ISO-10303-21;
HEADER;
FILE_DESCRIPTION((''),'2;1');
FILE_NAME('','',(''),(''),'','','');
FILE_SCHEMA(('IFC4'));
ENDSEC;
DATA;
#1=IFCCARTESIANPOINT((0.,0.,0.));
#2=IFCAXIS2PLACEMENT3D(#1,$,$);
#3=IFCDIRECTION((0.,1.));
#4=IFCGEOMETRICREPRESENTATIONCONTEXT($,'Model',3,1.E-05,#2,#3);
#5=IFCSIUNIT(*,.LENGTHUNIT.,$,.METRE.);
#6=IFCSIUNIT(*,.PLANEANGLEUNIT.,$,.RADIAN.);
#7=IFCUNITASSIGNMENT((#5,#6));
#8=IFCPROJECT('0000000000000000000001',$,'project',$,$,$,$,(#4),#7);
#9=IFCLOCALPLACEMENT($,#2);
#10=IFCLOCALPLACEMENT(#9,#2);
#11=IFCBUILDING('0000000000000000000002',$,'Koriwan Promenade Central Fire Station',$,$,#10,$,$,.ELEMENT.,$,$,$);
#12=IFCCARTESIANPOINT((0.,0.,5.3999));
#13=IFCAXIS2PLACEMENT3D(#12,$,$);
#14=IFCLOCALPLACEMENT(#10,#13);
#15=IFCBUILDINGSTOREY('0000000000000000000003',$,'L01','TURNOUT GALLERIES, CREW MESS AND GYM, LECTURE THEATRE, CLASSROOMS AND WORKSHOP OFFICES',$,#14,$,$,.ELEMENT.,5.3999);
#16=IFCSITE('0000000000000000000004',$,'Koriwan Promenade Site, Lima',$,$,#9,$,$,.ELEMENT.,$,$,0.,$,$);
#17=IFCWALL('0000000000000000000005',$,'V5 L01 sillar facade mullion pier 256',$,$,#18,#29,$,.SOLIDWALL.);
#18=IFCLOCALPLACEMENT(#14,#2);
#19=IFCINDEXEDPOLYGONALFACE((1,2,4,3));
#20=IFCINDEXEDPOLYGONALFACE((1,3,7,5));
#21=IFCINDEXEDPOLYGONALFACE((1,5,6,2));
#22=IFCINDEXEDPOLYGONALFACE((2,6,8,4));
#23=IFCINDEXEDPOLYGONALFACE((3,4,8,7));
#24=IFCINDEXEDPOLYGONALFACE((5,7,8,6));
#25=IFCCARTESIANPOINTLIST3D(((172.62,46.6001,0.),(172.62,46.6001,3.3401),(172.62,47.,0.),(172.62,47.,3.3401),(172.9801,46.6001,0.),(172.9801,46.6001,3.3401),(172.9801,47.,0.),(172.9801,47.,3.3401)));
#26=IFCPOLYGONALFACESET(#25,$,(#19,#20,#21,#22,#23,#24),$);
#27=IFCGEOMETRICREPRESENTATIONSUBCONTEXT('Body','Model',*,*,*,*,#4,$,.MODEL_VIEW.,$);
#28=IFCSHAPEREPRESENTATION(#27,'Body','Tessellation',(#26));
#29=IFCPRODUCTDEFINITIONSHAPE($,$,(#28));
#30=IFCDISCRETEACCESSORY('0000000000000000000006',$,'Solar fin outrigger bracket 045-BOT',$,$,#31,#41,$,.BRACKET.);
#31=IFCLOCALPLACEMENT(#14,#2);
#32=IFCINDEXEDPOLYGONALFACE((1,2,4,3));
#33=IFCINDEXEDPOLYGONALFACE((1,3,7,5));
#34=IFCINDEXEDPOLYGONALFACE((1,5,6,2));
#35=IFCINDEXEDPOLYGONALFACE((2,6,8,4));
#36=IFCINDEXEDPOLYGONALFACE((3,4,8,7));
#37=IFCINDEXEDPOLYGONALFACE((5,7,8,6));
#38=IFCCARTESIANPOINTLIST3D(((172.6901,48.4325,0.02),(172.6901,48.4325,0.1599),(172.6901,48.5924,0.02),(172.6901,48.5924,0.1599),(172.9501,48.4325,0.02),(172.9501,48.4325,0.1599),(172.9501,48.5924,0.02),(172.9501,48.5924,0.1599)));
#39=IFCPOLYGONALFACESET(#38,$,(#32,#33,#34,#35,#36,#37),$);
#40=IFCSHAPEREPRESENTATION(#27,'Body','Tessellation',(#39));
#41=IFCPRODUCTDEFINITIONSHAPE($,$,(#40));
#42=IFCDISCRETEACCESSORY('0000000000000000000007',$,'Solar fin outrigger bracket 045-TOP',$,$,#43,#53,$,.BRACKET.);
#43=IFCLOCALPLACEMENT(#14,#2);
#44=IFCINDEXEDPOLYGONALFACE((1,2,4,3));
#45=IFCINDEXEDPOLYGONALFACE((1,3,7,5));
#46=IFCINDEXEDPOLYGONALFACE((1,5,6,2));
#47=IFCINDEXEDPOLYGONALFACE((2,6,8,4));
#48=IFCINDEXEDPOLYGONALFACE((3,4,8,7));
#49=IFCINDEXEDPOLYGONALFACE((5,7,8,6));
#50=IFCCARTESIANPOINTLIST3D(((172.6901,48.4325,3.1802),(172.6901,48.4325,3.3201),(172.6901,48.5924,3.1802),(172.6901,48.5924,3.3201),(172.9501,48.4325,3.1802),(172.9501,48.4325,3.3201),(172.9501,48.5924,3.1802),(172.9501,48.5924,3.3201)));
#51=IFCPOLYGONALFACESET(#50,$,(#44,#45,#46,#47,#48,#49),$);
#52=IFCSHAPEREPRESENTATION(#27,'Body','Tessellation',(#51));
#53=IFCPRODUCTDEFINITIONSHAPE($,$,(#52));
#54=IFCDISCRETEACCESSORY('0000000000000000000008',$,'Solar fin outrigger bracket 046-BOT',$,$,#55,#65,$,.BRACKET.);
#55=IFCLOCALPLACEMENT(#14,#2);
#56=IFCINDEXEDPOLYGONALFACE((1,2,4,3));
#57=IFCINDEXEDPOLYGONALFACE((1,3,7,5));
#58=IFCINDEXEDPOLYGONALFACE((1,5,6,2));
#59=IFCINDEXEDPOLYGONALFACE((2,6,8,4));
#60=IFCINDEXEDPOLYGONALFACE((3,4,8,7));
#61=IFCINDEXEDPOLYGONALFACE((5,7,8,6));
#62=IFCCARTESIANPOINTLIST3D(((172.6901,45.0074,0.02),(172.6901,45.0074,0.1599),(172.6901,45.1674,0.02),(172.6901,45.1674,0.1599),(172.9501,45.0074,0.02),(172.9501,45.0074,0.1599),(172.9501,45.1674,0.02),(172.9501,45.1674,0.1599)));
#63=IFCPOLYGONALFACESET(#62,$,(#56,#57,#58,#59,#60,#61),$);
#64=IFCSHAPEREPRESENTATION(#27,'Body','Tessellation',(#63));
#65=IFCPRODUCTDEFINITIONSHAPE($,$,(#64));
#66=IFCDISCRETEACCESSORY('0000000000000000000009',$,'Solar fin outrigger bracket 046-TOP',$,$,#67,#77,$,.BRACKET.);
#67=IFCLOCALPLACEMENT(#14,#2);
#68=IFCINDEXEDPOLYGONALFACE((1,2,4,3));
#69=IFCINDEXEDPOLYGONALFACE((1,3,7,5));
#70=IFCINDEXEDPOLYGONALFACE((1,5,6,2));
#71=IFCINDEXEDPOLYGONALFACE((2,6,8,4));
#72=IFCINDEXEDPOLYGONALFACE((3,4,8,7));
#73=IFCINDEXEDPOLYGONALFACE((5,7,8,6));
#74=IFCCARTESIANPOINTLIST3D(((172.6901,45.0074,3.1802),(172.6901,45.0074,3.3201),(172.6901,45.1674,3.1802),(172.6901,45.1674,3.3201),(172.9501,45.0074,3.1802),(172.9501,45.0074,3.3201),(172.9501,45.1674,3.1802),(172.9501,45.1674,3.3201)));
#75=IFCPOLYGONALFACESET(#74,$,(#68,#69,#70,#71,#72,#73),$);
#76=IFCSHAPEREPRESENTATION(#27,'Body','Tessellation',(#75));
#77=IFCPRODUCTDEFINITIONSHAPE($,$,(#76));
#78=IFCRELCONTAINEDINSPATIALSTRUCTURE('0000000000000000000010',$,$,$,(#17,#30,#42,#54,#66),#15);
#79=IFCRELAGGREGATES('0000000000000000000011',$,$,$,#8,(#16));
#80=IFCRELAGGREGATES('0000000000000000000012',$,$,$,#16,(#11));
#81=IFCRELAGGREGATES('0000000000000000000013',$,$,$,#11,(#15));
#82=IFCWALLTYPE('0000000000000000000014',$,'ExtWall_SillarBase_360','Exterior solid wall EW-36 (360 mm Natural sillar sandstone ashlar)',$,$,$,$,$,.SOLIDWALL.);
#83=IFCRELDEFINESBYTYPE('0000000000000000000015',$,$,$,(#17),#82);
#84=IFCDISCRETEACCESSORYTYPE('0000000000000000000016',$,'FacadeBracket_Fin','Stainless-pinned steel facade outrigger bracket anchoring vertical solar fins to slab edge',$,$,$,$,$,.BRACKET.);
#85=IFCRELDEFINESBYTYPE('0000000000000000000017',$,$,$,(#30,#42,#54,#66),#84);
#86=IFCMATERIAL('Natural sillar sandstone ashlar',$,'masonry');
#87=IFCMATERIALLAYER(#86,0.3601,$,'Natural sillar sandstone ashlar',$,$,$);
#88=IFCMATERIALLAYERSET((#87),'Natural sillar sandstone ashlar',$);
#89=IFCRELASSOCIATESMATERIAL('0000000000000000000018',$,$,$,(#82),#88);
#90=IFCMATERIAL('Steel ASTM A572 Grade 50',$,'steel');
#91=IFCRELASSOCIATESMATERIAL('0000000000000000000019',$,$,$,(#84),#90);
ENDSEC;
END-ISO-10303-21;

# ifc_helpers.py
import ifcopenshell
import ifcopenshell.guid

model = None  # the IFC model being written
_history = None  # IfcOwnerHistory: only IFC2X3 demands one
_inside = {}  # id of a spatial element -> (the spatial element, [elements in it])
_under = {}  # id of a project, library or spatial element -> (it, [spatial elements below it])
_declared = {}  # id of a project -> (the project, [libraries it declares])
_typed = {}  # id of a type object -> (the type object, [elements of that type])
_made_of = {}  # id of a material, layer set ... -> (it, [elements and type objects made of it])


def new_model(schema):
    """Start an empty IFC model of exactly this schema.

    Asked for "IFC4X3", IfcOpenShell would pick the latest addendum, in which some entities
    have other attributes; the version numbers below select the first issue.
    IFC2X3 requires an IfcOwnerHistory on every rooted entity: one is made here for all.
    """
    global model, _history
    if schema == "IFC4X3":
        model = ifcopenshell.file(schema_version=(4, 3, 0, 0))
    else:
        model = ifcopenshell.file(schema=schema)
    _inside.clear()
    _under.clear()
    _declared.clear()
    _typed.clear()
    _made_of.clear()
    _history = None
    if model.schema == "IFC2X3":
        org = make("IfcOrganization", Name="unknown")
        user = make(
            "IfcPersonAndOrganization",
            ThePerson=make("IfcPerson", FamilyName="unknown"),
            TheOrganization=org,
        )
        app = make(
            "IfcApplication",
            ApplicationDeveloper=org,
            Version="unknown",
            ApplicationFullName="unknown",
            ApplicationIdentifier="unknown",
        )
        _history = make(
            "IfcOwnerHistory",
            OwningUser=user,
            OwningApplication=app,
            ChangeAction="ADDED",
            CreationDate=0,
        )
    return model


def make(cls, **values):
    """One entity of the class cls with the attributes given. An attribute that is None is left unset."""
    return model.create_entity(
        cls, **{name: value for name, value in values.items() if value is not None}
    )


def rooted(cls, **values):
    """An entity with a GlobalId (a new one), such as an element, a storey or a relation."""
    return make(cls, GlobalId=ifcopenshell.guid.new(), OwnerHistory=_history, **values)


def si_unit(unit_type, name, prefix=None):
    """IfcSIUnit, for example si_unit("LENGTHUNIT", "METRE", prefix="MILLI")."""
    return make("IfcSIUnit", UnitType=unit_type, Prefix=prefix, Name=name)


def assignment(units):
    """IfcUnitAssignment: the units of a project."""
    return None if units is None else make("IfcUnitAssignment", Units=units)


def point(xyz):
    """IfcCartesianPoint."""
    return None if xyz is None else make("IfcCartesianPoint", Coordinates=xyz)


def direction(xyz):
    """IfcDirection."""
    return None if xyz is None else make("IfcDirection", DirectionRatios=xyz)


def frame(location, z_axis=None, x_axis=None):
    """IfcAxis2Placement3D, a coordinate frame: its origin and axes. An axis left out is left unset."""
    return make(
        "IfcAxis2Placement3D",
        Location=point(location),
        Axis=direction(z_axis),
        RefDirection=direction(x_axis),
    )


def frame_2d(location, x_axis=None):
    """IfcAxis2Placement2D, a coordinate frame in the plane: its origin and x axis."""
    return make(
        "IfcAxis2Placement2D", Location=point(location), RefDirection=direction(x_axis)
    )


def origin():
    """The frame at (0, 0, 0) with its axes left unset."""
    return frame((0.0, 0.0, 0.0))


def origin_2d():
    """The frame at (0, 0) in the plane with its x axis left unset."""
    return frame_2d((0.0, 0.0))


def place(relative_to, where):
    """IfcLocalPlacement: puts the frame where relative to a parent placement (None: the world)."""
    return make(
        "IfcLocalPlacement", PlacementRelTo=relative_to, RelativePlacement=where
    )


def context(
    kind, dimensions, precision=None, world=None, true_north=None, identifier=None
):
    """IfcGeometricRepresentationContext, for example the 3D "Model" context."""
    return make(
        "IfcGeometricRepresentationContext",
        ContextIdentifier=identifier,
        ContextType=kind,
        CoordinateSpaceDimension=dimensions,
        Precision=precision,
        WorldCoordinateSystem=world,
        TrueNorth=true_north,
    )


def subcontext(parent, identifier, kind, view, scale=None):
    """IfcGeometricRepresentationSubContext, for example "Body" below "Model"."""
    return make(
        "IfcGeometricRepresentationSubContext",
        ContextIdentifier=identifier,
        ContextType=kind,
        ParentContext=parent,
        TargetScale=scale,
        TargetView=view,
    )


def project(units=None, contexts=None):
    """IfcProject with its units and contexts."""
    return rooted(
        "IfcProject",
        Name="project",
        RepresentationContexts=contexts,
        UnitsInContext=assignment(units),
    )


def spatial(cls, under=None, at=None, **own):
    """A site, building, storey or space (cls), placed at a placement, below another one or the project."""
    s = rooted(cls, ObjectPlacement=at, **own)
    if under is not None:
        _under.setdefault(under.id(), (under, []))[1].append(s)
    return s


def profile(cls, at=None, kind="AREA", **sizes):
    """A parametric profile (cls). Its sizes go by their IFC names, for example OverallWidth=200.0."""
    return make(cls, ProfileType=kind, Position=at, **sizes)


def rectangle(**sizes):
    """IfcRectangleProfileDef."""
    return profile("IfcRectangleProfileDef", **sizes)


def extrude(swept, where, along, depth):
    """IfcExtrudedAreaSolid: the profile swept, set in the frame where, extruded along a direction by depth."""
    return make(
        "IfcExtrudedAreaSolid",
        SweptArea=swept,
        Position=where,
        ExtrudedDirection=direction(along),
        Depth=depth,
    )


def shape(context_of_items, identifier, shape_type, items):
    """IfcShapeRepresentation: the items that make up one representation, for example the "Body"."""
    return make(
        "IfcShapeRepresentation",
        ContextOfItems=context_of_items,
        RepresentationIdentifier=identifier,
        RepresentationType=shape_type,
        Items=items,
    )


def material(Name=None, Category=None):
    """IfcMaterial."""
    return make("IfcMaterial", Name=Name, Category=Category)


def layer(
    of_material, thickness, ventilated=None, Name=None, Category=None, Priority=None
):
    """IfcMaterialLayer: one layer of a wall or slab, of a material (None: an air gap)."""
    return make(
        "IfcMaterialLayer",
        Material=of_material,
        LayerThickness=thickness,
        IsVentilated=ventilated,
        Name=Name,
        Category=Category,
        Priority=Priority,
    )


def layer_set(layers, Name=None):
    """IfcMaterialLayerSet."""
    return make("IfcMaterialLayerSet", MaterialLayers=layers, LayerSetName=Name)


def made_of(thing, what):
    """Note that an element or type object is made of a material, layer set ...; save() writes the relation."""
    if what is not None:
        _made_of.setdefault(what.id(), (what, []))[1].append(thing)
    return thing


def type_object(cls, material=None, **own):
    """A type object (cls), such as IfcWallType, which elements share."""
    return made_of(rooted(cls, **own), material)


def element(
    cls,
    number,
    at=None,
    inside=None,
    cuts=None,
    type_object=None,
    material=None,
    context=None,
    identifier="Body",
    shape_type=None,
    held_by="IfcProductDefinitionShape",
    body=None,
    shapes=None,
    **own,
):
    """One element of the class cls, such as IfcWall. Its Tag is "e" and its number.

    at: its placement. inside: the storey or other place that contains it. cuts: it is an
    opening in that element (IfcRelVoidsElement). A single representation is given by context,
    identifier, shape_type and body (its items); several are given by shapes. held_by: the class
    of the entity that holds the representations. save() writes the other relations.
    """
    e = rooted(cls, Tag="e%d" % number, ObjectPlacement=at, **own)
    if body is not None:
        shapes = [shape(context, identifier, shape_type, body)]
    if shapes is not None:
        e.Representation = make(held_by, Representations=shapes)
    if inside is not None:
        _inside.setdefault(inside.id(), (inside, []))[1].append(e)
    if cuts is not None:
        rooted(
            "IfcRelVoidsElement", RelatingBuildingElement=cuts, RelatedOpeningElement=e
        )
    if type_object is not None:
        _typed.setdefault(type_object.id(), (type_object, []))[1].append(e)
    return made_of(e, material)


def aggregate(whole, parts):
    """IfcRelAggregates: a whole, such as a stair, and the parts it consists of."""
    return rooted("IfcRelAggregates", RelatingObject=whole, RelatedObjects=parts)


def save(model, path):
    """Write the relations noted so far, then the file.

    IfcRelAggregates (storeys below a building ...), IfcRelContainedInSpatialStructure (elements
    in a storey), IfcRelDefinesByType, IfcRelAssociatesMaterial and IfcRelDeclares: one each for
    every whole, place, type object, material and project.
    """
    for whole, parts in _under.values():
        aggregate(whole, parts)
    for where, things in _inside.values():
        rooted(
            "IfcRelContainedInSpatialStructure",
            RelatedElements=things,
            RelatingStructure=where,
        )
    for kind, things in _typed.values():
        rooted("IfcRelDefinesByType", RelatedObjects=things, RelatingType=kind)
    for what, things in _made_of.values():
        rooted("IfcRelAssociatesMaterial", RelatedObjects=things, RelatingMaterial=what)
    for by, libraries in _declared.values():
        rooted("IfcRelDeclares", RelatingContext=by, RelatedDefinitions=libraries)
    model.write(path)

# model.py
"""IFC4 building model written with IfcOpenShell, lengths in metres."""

from ifc_helpers import new_model, si_unit, direction, frame, frame_2d, origin, origin_2d, place, context, subcontext, project, spatial, rectangle, extrude, material, layer, layer_set, type_object, element, save


model = new_model("IFC4")

# Units and contexts
model_context = context("Model", 3, precision=1e-05, world=origin(), true_north=direction((0.0, 1.0)))
body_context = subcontext(model_context, "Body", "Model", "MODEL_VIEW")
ifc_project = project(units=[si_unit("LENGTHUNIT", "METRE"), si_unit("PLANEANGLEUNIT", "RADIAN")], contexts=[model_context])

# Site, building, storey
site_placement = place(None, origin())
site = spatial("IfcSite", under=ifc_project, at=site_placement, Name="Koriwan Promenade Site, Lima", CompositionType="ELEMENT", RefElevation=0.0)
building_placement = place(site_placement, origin())
building = spatial("IfcBuilding", under=site, at=building_placement, Name="Koriwan Promenade Central Fire Station", CompositionType="ELEMENT")
storey_placement = place(building_placement, frame((0.0, 0.0, 5.3999)))
storey = spatial("IfcBuildingStorey", under=building, at=storey_placement, Name="L01", Description="TURNOUT GALLERIES, CREW MESS AND GYM, LECTURE THEATRE, CLASSROOMS AND WORKSHOP OFFICES", CompositionType="ELEMENT", Elevation=5.3999)

# Wall
ifc_material_1 = material(Name="Natural sillar sandstone ashlar", Category="masonry")
ifc_layer_1 = layer(ifc_material_1, 0.3601, Name="Natural sillar sandstone ashlar")
ifc_layer_set_1 = layer_set([ifc_layer_1], Name="Natural sillar sandstone ashlar")
wall_type = type_object("IfcWallType", Name="ExtWall_SillarBase_360", Description="Exterior solid wall EW-36 (360 mm Natural sillar sandstone ashlar)", PredefinedType="SOLIDWALL", material=ifc_layer_set_1)
wall_placement = place(storey_placement, frame((172.8, 47.0, 0.0), z_axis=(0.0, 0.0, 1.0), x_axis=(0.0, -1.0, 0.0)))
element("IfcWall", 1, at=wall_placement, inside=storey, type_object=wall_type, Name="V5 L01 sillar facade mullion pier 256", PredefinedType="SOLIDWALL", context=body_context, shape_type="SweptSolid", body=[
    extrude(rectangle(XDim=0.3999, YDim=0.3601, at=frame_2d((0.2, 0.0))), origin(), (0.0, 0.0, 1.0), 3.3401),
])

# Discrete accessories
ifc_material_2 = material(Name="Steel ASTM A572 Grade 50", Category="steel")
discrete_accessory_type = type_object("IfcDiscreteAccessoryType", Name="FacadeBracket_Fin", Description="Stainless-pinned steel facade outrigger bracket anchoring vertical solar fins to slab edge", PredefinedType="BRACKET", material=ifc_material_2)
for number, where, z_axis, x_axis, name in (
    (2, (172.8201, 48.5125, 0.02), (0.0, 0.0, 1.0), (1.0, 0.0, 0.0), "Solar fin outrigger bracket 045-BOT"),
    (3, (172.8201, 48.5125, 3.1802), (0.0, 0.0, 1.0), (1.0, 0.0, 0.0), "Solar fin outrigger bracket 045-TOP"),
    (4, (172.8201, 45.0874, 0.02), (0.0, 0.0, 1.0), (1.0, 0.0, 0.0), "Solar fin outrigger bracket 046-BOT"),
    (5, (172.8201, 45.0874, 3.1802), (0.0, 0.0, 1.0), (1.0, 0.0, 0.0), "Solar fin outrigger bracket 046-TOP"),
):
    element("IfcDiscreteAccessory", number, at=place(storey_placement, frame(where, z_axis=z_axis, x_axis=x_axis)), inside=storey, type_object=discrete_accessory_type, Name=name, PredefinedType="BRACKET", context=body_context, shape_type="SweptSolid", body=[
        extrude(rectangle(XDim=0.26, YDim=0.1599, at=origin_2d()), origin(), (0.0, 0.0, 1.0), 0.1399),
    ])

save(model, "model.ifc")
